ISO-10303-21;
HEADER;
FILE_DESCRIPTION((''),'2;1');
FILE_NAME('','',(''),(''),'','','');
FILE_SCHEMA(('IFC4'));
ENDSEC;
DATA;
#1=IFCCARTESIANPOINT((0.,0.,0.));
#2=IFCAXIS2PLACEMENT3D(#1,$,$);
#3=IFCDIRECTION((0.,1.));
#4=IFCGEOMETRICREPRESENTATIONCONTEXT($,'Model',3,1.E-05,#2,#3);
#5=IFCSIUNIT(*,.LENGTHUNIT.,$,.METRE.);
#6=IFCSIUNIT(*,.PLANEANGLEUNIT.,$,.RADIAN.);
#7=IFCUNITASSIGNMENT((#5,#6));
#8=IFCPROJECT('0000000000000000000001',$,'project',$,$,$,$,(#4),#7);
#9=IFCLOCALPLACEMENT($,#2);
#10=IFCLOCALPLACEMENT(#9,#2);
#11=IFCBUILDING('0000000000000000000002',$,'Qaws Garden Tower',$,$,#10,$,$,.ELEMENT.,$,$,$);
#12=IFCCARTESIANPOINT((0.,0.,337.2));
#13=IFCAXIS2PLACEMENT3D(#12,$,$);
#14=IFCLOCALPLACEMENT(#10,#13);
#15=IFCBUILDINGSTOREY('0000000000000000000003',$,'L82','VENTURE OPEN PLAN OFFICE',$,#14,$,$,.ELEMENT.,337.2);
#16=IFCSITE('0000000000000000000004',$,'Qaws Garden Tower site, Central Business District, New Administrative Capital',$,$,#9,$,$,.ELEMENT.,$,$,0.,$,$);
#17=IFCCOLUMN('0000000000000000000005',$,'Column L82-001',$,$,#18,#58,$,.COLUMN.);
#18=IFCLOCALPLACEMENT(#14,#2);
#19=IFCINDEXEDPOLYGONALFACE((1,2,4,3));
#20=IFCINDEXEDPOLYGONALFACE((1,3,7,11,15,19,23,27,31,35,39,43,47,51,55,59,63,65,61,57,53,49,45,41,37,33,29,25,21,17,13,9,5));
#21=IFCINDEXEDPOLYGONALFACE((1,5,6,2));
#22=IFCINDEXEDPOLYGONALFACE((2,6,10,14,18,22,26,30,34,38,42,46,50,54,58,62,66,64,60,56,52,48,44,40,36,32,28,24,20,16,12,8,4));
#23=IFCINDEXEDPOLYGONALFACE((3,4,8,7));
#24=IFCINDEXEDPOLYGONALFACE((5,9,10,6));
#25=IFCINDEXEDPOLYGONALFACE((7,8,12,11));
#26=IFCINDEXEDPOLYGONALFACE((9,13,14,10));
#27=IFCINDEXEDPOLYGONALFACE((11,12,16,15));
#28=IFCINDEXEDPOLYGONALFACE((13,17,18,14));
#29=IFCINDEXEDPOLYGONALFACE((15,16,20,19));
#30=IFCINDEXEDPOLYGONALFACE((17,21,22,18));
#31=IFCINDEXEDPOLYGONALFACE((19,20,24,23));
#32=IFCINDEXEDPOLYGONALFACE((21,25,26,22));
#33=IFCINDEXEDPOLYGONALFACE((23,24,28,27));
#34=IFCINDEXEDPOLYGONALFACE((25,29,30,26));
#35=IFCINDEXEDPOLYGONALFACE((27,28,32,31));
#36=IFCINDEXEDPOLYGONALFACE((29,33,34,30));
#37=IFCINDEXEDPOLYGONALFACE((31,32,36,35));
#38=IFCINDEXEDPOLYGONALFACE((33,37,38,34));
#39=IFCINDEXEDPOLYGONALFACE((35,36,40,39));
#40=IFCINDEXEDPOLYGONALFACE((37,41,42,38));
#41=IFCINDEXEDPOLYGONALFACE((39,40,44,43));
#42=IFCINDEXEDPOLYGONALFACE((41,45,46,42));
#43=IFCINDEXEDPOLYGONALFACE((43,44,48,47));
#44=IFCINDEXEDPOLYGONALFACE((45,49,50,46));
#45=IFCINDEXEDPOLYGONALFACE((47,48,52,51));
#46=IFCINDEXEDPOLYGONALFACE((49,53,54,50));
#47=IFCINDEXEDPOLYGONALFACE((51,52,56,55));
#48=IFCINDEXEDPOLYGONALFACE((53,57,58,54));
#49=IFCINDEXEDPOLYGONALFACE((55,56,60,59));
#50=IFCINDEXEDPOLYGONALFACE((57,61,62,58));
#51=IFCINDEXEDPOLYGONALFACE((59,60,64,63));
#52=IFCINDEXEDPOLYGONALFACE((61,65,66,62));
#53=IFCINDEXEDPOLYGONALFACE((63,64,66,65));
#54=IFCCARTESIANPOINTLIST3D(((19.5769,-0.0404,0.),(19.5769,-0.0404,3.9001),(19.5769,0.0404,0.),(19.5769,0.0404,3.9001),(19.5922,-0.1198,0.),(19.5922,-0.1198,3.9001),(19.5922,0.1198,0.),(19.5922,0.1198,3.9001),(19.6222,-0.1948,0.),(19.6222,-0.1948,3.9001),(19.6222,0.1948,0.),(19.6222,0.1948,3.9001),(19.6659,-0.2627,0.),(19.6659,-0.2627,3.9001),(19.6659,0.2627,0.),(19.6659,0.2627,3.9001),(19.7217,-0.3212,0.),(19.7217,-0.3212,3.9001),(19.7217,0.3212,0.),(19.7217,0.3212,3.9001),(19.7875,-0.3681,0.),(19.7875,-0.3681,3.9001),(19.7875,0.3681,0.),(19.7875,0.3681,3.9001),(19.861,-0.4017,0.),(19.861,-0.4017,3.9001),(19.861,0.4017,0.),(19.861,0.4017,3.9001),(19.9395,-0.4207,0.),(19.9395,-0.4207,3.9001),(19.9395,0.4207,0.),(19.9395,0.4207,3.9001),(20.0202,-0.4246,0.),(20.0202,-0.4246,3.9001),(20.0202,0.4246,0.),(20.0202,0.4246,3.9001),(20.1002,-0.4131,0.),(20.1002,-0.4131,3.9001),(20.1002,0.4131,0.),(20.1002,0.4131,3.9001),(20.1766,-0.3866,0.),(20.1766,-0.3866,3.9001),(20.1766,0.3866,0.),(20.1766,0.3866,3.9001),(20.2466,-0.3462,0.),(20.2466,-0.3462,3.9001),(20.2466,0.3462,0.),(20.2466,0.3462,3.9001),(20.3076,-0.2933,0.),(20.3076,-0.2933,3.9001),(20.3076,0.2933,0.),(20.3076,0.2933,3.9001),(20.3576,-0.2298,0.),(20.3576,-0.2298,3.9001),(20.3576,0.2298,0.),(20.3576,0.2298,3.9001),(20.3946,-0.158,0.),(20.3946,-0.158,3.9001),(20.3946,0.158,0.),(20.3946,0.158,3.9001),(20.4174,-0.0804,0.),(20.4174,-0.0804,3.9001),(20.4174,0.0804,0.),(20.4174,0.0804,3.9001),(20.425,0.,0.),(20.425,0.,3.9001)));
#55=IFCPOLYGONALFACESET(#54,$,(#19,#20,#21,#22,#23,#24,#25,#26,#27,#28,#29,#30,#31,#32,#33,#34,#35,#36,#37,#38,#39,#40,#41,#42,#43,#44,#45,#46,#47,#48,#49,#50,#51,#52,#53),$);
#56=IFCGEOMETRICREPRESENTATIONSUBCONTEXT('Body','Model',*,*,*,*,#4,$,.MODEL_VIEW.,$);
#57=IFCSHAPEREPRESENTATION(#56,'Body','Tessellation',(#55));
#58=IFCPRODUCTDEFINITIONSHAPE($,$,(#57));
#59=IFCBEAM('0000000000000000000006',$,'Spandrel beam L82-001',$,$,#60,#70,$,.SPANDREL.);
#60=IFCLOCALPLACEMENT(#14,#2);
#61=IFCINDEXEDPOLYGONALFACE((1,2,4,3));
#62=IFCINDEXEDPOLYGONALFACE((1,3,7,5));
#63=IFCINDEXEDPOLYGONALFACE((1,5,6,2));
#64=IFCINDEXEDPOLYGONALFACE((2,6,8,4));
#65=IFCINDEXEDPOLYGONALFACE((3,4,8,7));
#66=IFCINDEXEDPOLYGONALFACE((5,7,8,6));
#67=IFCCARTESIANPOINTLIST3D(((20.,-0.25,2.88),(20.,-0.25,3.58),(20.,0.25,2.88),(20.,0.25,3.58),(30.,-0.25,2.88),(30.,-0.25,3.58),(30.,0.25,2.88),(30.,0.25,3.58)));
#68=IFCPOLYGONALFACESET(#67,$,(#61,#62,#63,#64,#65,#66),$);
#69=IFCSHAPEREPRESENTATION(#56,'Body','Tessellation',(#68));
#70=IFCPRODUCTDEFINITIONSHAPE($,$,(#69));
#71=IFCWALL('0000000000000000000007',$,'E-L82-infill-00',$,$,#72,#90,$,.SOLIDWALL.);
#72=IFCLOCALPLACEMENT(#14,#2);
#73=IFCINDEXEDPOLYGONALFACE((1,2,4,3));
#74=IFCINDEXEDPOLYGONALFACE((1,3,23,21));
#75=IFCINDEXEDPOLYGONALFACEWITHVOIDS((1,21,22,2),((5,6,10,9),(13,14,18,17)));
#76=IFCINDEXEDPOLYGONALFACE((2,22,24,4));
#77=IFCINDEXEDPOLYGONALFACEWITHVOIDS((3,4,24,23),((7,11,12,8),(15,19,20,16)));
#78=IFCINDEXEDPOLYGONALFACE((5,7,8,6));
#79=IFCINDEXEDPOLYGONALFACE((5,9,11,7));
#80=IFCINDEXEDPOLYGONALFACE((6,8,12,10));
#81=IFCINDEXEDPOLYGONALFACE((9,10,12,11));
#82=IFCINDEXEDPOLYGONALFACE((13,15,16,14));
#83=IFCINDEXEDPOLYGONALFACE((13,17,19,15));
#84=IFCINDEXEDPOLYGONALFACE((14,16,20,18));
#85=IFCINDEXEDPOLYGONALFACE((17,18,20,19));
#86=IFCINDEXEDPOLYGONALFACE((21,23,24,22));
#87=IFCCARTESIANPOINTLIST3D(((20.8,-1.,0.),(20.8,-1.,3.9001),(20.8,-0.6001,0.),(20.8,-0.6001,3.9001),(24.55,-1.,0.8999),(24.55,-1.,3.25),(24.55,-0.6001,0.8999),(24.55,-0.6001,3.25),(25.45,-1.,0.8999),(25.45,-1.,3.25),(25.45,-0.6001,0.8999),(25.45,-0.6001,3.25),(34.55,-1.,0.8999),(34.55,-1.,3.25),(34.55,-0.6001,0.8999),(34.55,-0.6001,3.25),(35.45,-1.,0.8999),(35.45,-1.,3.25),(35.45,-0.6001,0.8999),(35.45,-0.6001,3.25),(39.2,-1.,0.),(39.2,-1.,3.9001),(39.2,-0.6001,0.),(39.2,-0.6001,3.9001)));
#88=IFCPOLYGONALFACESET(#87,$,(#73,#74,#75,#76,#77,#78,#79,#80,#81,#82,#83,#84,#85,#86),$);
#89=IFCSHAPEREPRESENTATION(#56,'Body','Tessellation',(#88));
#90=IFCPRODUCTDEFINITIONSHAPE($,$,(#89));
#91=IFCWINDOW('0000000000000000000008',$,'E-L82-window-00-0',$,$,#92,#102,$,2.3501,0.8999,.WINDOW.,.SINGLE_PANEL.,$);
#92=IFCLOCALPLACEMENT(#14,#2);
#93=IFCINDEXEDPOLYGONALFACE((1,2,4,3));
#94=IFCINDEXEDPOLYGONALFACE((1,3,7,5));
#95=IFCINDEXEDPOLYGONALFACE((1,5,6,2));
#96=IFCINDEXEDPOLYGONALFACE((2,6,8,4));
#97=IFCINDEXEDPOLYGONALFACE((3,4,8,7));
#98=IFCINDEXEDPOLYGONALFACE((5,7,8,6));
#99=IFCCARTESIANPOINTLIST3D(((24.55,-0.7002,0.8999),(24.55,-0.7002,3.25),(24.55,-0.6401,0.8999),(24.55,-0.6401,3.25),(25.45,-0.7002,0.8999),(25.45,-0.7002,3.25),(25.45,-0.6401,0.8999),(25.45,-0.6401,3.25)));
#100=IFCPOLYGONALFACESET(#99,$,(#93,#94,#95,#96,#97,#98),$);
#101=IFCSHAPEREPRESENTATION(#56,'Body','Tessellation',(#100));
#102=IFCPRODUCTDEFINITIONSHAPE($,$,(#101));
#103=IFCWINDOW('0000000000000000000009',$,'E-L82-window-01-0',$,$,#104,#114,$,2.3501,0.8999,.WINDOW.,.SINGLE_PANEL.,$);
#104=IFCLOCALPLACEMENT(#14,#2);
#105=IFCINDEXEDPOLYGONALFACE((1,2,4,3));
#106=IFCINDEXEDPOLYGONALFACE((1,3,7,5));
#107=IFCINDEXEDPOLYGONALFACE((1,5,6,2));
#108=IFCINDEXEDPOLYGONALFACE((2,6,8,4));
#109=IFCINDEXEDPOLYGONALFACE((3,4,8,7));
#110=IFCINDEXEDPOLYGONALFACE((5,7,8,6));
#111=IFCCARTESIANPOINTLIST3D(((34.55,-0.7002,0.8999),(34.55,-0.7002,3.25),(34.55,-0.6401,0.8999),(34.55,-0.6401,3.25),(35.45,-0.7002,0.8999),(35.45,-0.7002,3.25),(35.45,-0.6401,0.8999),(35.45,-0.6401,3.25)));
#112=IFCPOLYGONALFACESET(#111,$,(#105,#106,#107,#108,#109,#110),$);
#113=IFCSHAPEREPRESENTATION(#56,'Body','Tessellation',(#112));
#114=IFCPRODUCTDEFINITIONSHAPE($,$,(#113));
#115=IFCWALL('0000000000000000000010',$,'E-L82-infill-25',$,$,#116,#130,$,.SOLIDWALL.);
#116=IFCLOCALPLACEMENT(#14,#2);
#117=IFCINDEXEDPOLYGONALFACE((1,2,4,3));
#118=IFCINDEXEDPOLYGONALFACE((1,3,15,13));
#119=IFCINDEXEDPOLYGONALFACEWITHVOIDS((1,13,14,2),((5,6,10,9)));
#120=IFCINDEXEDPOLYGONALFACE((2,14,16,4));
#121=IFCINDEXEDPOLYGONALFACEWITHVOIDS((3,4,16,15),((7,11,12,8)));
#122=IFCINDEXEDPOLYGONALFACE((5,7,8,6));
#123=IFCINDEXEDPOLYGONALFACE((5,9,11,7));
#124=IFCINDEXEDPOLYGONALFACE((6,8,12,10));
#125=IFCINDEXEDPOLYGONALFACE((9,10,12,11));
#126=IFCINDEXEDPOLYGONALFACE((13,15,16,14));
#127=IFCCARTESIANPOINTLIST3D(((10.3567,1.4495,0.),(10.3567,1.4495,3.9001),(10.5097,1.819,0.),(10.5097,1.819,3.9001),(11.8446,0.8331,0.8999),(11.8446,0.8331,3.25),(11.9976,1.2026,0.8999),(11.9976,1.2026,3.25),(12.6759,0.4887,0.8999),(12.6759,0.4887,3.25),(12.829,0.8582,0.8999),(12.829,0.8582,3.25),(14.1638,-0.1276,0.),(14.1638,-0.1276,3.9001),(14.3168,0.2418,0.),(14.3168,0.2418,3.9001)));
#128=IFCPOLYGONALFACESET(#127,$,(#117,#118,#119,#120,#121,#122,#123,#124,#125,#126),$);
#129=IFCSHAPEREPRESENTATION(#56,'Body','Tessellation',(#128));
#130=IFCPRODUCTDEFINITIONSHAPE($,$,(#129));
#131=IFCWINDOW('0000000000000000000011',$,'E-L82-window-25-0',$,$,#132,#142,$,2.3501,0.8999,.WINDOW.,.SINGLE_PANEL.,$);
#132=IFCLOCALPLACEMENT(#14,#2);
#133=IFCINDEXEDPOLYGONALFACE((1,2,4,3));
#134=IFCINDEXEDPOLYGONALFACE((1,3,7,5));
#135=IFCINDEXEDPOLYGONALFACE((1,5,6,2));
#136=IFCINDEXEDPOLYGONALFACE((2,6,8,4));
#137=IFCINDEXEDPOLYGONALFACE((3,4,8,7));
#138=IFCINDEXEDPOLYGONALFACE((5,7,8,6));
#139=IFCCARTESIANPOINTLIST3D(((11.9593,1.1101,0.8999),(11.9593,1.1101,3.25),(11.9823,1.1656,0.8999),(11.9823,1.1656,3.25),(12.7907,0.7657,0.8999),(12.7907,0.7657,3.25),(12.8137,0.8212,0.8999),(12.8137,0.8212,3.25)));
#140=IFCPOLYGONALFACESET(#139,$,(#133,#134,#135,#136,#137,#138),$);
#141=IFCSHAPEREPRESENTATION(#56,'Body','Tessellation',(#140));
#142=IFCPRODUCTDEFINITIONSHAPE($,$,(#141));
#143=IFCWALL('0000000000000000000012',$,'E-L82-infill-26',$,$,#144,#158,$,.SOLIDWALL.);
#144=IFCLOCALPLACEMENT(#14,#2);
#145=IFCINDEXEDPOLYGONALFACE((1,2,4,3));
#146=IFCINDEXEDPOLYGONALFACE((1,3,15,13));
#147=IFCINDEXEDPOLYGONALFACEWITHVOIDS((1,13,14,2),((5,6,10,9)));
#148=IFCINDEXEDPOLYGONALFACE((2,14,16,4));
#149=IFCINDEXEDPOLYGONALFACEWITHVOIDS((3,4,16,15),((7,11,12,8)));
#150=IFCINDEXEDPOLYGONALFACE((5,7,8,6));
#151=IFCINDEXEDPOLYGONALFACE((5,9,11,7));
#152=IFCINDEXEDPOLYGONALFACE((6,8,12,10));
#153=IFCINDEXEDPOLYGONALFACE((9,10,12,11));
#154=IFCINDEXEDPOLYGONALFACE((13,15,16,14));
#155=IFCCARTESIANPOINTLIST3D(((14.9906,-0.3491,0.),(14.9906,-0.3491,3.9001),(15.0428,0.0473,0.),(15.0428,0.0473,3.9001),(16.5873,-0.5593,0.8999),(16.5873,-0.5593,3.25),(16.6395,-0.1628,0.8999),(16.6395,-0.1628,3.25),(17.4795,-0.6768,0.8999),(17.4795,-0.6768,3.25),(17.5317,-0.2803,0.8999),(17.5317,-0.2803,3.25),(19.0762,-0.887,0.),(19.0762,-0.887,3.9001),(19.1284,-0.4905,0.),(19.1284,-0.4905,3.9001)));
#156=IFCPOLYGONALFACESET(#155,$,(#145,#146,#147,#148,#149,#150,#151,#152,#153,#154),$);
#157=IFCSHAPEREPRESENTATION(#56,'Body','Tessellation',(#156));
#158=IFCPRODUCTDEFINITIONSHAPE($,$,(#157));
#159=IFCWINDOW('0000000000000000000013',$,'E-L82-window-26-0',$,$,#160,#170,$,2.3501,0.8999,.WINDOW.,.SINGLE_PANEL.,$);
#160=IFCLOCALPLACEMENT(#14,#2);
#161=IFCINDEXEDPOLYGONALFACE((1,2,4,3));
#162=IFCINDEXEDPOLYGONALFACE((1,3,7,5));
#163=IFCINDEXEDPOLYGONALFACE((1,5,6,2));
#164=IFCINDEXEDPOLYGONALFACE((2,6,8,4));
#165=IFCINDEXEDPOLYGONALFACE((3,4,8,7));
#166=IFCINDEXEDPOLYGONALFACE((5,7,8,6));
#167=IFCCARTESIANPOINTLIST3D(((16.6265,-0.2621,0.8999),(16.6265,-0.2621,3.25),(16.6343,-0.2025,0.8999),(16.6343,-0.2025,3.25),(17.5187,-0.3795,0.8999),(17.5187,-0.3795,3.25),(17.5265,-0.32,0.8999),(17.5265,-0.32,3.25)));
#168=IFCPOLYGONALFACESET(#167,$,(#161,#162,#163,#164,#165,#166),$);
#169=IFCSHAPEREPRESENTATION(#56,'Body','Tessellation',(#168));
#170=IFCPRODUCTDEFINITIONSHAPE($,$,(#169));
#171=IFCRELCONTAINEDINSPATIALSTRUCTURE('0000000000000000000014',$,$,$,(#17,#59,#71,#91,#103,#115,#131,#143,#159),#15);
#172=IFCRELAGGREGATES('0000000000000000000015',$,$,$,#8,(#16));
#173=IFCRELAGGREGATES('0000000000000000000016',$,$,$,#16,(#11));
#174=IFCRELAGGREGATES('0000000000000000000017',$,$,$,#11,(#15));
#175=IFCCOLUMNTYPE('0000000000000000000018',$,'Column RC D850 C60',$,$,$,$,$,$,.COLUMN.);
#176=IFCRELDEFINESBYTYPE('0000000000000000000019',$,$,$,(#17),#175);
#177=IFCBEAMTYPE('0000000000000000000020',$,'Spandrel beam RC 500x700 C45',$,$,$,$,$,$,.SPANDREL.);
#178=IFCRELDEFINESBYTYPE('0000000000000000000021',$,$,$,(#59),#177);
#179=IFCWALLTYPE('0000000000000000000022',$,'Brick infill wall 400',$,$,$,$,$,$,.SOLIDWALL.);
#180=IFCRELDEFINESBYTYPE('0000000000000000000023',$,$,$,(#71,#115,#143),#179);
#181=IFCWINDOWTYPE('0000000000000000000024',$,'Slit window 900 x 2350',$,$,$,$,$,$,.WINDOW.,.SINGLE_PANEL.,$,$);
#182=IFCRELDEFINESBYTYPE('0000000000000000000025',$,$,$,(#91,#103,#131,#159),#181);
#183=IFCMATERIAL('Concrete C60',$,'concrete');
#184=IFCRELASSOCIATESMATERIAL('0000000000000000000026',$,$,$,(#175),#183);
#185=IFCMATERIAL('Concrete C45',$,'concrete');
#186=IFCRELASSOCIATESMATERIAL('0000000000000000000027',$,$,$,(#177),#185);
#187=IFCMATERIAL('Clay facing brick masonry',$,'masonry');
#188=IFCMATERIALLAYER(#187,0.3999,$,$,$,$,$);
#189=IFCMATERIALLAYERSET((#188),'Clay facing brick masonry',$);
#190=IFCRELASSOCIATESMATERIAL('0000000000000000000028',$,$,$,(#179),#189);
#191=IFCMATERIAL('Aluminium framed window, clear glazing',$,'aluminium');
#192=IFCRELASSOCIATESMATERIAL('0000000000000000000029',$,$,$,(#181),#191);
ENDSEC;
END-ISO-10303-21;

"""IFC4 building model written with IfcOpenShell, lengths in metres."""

from ifc_helpers import new_model, si_unit, direction, frame, frame_2d, origin, origin_2d, place, context, subcontext, project, spatial, rectangle, circle, extrude, material, layer, layer_set, material_profile, profile_set, type_object, element, fill, save


model = new_model("IFC4")

# Units and contexts
model_context = context("Model", 3, precision=1e-05, world=origin(), true_north=direction((0.0, 1.0)))
body_context = subcontext(model_context, "Body", "Model", "MODEL_VIEW")
ifc_project = project(units=[si_unit("LENGTHUNIT", "METRE"), si_unit("PLANEANGLEUNIT", "RADIAN")], contexts=[model_context])

# Site, building, storey
site_placement = place(None, origin())
site = spatial("IfcSite", under=ifc_project, at=site_placement, Name="Qaws Garden Tower site, Central Business District, New Administrative Capital", CompositionType="ELEMENT", RefElevation=0.0)
building_placement = place(site_placement, origin())
building = spatial("IfcBuilding", under=site, at=building_placement, Name="Qaws Garden Tower", CompositionType="ELEMENT")
storey_placement = place(building_placement, frame((0.0, 0.0, 337.2)))
storey = spatial("IfcBuildingStorey", under=building, at=storey_placement, Name="L82", Description="VENTURE OPEN PLAN OFFICE", CompositionType="ELEMENT", Elevation=337.2)

# Column
ifc_material_1 = material(Name="Concrete C60", Category="concrete")
ifc_material_profile_1 = material_profile(ifc_material_1, circle(Radius=0.425, at=origin_2d()), Name="RC D850")
ifc_profile_set_1 = profile_set([ifc_material_profile_1], Name="Concrete C60")
column_type = type_object("IfcColumnType", Name="Column RC D850 C60", PredefinedType="COLUMN", material=ifc_profile_set_1)
column_placement = place(storey_placement, frame((20.0, 0.0, 0.0), z_axis=(0.0, 0.0, 1.0), x_axis=(1.0, 0.0, 0.0)))
element("IfcColumn", 1, at=column_placement, inside=storey, type_object=column_type, Name="Column L82-001", PredefinedType="COLUMN", context=body_context, shape_type="SweptSolid", body=[
    extrude(circle(Radius=0.425, at=origin_2d()), origin(), (0.0, 0.0, 1.0), 3.9001),
])

# Beam
ifc_material_2 = material(Name="Concrete C45", Category="concrete")
ifc_material_profile_2 = material_profile(ifc_material_2, rectangle(XDim=0.5, YDim=0.7, at=origin_2d()), Name="RC 500x700")
ifc_profile_set_2 = profile_set([ifc_material_profile_2], Name="Concrete C45")
beam_type = type_object("IfcBeamType", Name="Spandrel beam RC 500x700 C45", PredefinedType="SPANDREL", material=ifc_profile_set_2)
beam_placement = place(storey_placement, frame((20.0, 0.0, 3.23), z_axis=(1.0, 0.0, 0.0), x_axis=(0.0, 1.0, 0.0)))
element("IfcBeam", 2, at=beam_placement, inside=storey, type_object=beam_type, Name="Spandrel beam L82-001", PredefinedType="SPANDREL", context=body_context, shape_type="SweptSolid", body=[
    extrude(rectangle(XDim=0.5, YDim=0.7, at=origin_2d()), origin(), (0.0, 0.0, 1.0), 10.0),
])

# Wall, openings, windows
ifc_material_3 = material(Name="Clay facing brick masonry", Category="masonry")
ifc_layer_1 = layer(ifc_material_3, 0.3999)
ifc_layer_set_1 = layer_set([ifc_layer_1], Name="Clay facing brick masonry")
wall_type_1 = type_object("IfcWallType", Name="Brick infill wall 400", PredefinedType="SOLIDWALL", material=ifc_layer_set_1)
wall_1_placement = place(storey_placement, frame((20.8, -0.8, 0.0), z_axis=(0.0, 0.0, 1.0), x_axis=(1.0, 0.0, 0.0)))
wall_1 = element("IfcWall", 3, at=wall_1_placement, inside=storey, type_object=wall_type_1, Name="E-L82-infill-00", PredefinedType="SOLIDWALL", context=body_context, shape_type="SweptSolid", body=[
    extrude(rectangle(XDim=18.3999, YDim=0.3999, at=frame_2d((9.2, 0.0))), origin(), (0.0, 0.0, 1.0), 3.9001),
])
opening_1_placement = place(wall_1_placement, frame((3.75, 0.0, 0.8999)))
opening_1 = element("IfcOpeningElement", 4, at=opening_1_placement, cuts=wall_1, PredefinedType="OPENING", context=body_context, shape_type="SweptSolid", body=[
    extrude(rectangle(XDim=0.8999, YDim=2.3501, at=frame_2d((0.45, 1.175))), frame((0.0, 0.21, 0.0), z_axis=(0.0, -1.0, 0.0), x_axis=(1.0, 0.0, 0.0)), (0.0, 0.0, 1.0), 0.4199),
])
opening_2_placement = place(wall_1_placement, frame((13.75, 0.0, 0.8999)))
opening_2 = element("IfcOpeningElement", 5, at=opening_2_placement, cuts=wall_1, PredefinedType="OPENING", context=body_context, shape_type="SweptSolid", body=[
    extrude(rectangle(XDim=0.8999, YDim=2.3501, at=frame_2d((0.45, 1.175))), frame((0.0, 0.21, 0.0), z_axis=(0.0, -1.0, 0.0), x_axis=(1.0, 0.0, 0.0)), (0.0, 0.0, 1.0), 0.4199),
])
ifc_material_4 = material(Name="Aluminium framed window, clear glazing", Category="aluminium")
window_type = type_object("IfcWindowType", Name="Slit window 900 x 2350", PartitioningType="SINGLE_PANEL", PredefinedType="WINDOW", material=ifc_material_4)
window_1_placement = place(opening_1_placement, origin())
window_1 = element("IfcWindow", 6, at=window_1_placement, inside=storey, type_object=window_type, Name="E-L82-window-00-0", OverallHeight=2.3501, OverallWidth=0.8999, PartitioningType="SINGLE_PANEL", PredefinedType="WINDOW", context=body_context, shape_type="SweptSolid", body=[
    extrude(rectangle(XDim=0.8999, YDim=2.3501, at=frame_2d((0.45, 1.175))), frame((0.0, 0.1599, 0.0), z_axis=(0.0, -1.0, 0.0), x_axis=(1.0, 0.0, 0.0)), (0.0, 0.0, 1.0), 0.0601),
])
fill(opening_1, window_1)
window_2_placement = place(opening_2_placement, origin())
window_2 = element("IfcWindow", 7, at=window_2_placement, inside=storey, type_object=window_type, Name="E-L82-window-01-0", OverallHeight=2.3501, OverallWidth=0.8999, PartitioningType="SINGLE_PANEL", PredefinedType="WINDOW", context=body_context, shape_type="SweptSolid", body=[
    extrude(rectangle(XDim=0.8999, YDim=2.3501, at=frame_2d((0.45, 1.175))), frame((0.0, 0.1599, 0.0), z_axis=(0.0, -1.0, 0.0), x_axis=(1.0, 0.0, 0.0)), (0.0, 0.0, 1.0), 0.0601),
])
fill(opening_2, window_2)

# Walls, openings, windows
wall_2_placement = place(storey_placement, frame((10.4331, 1.6343, 0.0), z_axis=(0.0, 0.0, 1.0), x_axis=(0.923864, -0.382722, 0.0)))
wall_2 = element("IfcWall", 8, at=wall_2_placement, inside=storey, type_object=wall_type_1, Name="E-L82-infill-25", PredefinedType="SOLIDWALL", context=body_context, shape_type="SweptSolid", body=[
    extrude(rectangle(XDim=4.1208, YDim=0.3999, at=frame_2d((2.0605, 0.0))), origin(), (0.0, 0.0, 1.0), 3.9001),
])
opening_3_placement = place(wall_2_placement, frame((1.6106, 0.0, 0.8999)))
opening_3 = element("IfcOpeningElement", 9, at=opening_3_placement, cuts=wall_2, PredefinedType="OPENING", context=body_context, shape_type="SweptSolid", body=[
    extrude(rectangle(XDim=0.8999, YDim=2.3501, at=frame_2d((0.45, 1.175))), frame((0.0, 0.21, 0.0), z_axis=(0.0, -1.0, 0.0), x_axis=(1.0, 0.0, 0.0)), (0.0, 0.0, 1.0), 0.4199),
])
window_3_placement = place(opening_3_placement, origin())
window_3 = element("IfcWindow", 10, at=window_3_placement, inside=storey, type_object=window_type, Name="E-L82-window-25-0", OverallHeight=2.3501, OverallWidth=0.8999, PartitioningType="SINGLE_PANEL", PredefinedType="WINDOW", context=body_context, shape_type="SweptSolid", body=[
    extrude(rectangle(XDim=0.8999, YDim=2.3501, at=frame_2d((0.45, 1.175))), frame((0.0, 0.1599, 0.0), z_axis=(0.0, -1.0, 0.0), x_axis=(1.0, 0.0, 0.0)), (0.0, 0.0, 1.0), 0.0601),
])
fill(opening_3, window_3)
wall_3_placement = place(storey_placement, frame((15.0166, -0.1509, 0.0), z_axis=(0.0, 0.0, 1.0), x_axis=(0.991446, -0.130514, 0.0)))
wall_3 = element("IfcWall", 11, at=wall_3_placement, inside=storey, type_object=wall_type_1, Name="E-L82-infill-26", PredefinedType="SOLIDWALL", context=body_context, shape_type="SweptSolid", body=[
    extrude(rectangle(XDim=4.1208, YDim=0.3999, at=frame_2d((2.0605, 0.0))), origin(), (0.0, 0.0, 1.0), 3.9001),
])
opening_4_placement = place(wall_3_placement, frame((1.6106, 0.0, 0.8999)))
opening_4 = element("IfcOpeningElement", 12, at=opening_4_placement, cuts=wall_3, PredefinedType="OPENING", context=body_context, shape_type="SweptSolid", body=[
    extrude(rectangle(XDim=0.8999, YDim=2.3501, at=frame_2d((0.45, 1.175))), frame((0.0, 0.21, 0.0), z_axis=(0.0, -1.0, 0.0), x_axis=(1.0, 0.0, 0.0)), (0.0, 0.0, 1.0), 0.4199),
])
window_4_placement = place(opening_4_placement, origin())
window_4 = element("IfcWindow", 13, at=window_4_placement, inside=storey, type_object=window_type, Name="E-L82-window-26-0", OverallHeight=2.3501, OverallWidth=0.8999, PartitioningType="SINGLE_PANEL", PredefinedType="WINDOW", context=body_context, shape_type="SweptSolid", body=[
    extrude(rectangle(XDim=0.8999, YDim=2.3501, at=frame_2d((0.45, 1.175))), frame((0.0, 0.1599, 0.0), z_axis=(0.0, -1.0, 0.0), x_axis=(1.0, 0.0, 0.0)), (0.0, 0.0, 1.0), 0.0601),
])
fill(opening_4, window_4)

save(model, "model.ifc")
